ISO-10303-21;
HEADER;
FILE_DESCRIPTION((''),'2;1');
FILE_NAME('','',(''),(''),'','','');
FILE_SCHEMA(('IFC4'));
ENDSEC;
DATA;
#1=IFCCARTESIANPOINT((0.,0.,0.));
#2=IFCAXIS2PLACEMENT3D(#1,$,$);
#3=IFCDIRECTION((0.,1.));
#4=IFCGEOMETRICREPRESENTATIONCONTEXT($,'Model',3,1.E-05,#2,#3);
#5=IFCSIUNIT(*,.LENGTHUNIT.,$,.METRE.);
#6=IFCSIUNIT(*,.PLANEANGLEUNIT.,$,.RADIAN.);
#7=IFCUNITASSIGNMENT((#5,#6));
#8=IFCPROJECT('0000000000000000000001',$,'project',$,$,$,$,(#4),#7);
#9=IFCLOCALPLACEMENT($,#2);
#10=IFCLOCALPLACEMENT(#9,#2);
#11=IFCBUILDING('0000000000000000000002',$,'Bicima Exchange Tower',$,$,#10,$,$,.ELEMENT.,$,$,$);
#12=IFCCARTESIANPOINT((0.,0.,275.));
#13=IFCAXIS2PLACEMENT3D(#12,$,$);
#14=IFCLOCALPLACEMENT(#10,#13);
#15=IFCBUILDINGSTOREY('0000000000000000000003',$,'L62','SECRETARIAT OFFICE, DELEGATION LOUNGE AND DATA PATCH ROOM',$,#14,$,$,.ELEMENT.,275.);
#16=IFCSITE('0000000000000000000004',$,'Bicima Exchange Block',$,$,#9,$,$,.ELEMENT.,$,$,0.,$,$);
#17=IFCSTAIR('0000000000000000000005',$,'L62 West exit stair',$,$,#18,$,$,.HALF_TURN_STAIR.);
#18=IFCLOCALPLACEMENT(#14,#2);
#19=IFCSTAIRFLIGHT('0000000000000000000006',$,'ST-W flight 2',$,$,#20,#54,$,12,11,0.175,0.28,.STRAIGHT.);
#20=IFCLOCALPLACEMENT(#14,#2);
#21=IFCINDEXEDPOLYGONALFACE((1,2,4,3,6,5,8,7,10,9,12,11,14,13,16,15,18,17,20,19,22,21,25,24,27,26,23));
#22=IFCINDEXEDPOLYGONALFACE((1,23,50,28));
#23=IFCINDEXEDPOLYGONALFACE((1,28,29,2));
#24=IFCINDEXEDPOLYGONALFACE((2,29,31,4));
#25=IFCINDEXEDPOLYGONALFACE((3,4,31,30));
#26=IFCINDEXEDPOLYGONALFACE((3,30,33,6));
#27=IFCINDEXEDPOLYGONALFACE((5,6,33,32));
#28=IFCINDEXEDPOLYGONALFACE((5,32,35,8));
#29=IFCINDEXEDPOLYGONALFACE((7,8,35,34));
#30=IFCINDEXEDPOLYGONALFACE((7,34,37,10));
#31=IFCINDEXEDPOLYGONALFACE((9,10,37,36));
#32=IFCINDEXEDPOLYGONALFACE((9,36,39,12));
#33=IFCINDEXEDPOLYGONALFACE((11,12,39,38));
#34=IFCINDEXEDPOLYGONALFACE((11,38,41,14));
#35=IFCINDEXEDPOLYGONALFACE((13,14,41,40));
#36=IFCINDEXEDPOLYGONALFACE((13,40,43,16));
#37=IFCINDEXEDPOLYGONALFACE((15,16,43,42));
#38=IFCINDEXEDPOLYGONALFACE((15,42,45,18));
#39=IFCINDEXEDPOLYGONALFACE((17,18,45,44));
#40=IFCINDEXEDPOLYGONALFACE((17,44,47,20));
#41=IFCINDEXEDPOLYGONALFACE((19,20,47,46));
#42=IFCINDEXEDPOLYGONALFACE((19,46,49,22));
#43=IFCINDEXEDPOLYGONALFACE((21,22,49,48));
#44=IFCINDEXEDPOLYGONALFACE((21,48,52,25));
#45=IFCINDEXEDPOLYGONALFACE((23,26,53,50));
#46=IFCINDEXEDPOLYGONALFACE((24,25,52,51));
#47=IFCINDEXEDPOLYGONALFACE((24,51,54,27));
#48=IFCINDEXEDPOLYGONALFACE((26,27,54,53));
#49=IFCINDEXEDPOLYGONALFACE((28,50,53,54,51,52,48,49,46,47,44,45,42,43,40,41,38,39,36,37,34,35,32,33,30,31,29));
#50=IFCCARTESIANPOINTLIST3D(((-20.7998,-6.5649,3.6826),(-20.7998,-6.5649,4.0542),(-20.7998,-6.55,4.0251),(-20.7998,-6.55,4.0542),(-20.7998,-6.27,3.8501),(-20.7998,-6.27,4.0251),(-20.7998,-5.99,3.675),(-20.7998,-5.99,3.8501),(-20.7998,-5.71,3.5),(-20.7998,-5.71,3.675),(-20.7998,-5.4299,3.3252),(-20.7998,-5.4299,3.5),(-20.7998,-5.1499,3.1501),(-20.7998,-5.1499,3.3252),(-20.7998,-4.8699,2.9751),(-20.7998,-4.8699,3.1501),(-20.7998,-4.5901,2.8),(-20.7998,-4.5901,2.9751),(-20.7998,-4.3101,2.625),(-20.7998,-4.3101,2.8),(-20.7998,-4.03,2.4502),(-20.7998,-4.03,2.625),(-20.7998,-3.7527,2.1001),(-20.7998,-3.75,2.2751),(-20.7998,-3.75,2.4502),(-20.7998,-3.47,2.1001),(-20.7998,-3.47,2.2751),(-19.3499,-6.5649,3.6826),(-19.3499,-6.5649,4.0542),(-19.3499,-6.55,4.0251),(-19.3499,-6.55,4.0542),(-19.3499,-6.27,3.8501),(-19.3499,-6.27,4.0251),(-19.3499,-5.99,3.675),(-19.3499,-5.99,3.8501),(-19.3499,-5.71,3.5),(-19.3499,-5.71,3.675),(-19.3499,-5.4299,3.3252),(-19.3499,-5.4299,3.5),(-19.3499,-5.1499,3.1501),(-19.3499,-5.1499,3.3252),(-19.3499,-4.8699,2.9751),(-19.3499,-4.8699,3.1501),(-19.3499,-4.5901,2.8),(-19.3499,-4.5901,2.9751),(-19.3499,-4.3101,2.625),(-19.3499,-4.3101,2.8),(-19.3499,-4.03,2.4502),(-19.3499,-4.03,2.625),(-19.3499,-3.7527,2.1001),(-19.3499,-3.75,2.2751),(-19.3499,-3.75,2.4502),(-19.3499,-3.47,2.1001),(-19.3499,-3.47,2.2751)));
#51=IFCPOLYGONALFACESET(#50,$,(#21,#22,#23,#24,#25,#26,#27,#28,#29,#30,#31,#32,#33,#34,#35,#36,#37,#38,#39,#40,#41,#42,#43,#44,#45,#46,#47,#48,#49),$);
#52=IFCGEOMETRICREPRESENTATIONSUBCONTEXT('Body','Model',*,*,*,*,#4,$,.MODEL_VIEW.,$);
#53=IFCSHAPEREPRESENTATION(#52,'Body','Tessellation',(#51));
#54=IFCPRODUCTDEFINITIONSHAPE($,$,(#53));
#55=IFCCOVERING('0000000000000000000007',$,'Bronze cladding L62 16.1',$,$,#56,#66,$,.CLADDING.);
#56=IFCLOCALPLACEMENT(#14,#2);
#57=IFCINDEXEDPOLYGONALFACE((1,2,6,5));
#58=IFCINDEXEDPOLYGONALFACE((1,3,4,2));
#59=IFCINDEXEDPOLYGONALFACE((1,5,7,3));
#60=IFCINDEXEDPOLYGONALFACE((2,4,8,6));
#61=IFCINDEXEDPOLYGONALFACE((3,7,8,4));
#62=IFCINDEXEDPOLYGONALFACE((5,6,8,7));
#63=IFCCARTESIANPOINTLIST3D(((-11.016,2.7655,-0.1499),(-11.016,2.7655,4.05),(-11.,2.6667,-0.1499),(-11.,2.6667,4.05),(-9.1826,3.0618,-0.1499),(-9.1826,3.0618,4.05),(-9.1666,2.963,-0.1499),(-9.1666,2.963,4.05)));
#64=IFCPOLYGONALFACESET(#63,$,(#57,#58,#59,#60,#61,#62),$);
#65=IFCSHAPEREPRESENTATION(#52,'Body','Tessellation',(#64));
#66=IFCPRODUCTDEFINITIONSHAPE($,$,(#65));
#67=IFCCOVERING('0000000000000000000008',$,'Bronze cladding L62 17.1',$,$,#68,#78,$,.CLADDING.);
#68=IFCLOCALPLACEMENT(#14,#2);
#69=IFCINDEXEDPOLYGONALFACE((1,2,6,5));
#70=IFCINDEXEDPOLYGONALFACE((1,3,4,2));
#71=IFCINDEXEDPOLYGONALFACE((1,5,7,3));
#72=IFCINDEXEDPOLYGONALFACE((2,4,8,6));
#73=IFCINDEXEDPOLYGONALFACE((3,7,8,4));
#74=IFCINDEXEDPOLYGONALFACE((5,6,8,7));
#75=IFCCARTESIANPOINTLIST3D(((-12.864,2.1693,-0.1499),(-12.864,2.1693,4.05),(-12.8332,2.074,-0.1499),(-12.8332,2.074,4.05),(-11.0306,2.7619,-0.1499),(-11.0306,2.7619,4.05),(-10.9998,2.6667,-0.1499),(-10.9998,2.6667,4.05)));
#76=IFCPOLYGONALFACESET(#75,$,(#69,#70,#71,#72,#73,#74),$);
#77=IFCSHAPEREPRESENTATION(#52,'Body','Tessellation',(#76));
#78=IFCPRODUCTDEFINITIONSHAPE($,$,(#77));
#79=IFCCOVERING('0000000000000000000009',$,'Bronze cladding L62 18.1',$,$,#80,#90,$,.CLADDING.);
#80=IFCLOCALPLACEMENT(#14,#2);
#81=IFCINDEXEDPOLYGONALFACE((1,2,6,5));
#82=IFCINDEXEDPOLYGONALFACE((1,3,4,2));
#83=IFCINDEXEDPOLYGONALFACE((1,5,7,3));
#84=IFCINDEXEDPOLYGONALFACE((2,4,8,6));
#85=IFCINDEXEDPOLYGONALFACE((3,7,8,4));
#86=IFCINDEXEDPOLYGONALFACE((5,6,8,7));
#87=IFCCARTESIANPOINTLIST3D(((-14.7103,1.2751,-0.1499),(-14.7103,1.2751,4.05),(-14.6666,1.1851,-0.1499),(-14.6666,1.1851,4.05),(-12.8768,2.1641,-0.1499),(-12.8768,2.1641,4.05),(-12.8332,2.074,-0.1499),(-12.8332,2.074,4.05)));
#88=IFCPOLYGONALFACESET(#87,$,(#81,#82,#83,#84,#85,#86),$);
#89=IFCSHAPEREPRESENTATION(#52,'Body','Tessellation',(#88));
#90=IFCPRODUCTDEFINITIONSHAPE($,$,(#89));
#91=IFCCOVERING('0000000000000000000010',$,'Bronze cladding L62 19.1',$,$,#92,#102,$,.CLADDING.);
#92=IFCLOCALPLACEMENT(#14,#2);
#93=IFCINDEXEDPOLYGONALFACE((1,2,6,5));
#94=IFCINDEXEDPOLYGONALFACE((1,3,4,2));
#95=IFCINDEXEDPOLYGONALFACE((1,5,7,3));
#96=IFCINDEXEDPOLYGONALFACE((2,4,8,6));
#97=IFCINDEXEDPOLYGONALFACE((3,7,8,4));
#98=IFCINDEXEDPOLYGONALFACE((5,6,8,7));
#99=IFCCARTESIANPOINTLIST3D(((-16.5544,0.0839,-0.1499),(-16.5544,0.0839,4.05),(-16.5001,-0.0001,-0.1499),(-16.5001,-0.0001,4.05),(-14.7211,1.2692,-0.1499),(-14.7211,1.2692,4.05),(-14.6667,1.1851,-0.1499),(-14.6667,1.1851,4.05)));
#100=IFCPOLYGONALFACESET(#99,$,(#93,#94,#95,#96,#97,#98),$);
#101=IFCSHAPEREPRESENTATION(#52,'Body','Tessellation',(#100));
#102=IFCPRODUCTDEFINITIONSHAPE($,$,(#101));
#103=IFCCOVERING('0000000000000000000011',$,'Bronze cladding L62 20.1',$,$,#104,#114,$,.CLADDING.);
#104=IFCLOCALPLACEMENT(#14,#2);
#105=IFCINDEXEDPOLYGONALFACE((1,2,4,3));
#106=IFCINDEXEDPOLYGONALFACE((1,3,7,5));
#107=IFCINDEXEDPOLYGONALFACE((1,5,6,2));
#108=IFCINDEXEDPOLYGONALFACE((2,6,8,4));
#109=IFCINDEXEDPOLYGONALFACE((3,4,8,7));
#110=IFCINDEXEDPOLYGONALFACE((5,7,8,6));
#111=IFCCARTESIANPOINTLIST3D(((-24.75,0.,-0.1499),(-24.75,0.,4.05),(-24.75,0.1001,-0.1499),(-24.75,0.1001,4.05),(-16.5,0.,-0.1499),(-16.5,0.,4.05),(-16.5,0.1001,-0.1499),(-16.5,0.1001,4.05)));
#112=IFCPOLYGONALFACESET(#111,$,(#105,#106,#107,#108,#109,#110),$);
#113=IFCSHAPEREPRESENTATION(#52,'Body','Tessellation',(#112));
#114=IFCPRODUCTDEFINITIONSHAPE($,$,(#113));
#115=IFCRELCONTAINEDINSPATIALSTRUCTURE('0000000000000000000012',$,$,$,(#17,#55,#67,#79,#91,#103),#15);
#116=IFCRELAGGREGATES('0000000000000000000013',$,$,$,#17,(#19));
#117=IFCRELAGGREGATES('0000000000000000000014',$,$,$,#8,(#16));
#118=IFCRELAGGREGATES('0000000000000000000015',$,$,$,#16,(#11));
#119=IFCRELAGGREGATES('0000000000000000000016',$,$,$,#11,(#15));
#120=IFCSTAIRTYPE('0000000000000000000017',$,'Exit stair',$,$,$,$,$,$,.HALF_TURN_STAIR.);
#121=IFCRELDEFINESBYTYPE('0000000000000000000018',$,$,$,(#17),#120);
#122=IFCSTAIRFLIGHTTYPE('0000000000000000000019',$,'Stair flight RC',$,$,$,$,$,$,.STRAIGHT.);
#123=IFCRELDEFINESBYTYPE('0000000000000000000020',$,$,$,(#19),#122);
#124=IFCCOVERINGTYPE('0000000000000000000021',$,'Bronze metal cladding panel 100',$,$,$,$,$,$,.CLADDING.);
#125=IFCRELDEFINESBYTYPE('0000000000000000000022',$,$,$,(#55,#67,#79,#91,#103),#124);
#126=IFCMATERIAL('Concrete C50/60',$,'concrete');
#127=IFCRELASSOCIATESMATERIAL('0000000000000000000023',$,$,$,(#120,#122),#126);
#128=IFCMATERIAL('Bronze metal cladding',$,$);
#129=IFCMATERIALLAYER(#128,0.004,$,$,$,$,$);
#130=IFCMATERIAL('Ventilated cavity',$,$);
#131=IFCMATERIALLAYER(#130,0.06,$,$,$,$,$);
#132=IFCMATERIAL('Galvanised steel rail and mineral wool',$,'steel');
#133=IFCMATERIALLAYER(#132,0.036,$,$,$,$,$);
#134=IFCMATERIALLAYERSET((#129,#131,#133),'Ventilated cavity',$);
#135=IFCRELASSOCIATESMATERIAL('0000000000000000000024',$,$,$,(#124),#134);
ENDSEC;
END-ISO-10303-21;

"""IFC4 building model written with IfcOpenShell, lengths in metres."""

from ifc_helpers import new_model, si_unit, direction, frame, origin, origin_2d, place, context, subcontext, project, spatial, polyline, rectangle, outline, extrude, material, layer, layer_set, type_object, element, aggregate, save


model = new_model("IFC4")

# Units and contexts
model_context = context("Model", 3, precision=1e-05, world=origin(), true_north=direction((0.0, 1.0)))
body_context = subcontext(model_context, "Body", "Model", "MODEL_VIEW")
ifc_project = project(units=[si_unit("LENGTHUNIT", "METRE"), si_unit("PLANEANGLEUNIT", "RADIAN")], contexts=[model_context])

# Site, building, storey
site_placement = place(None, origin())
site = spatial("IfcSite", under=ifc_project, at=site_placement, Name="Bicima Exchange Block", CompositionType="ELEMENT", RefElevation=0.0)
building_placement = place(site_placement, origin())
building = spatial("IfcBuilding", under=site, at=building_placement, Name="Bicima Exchange Tower", CompositionType="ELEMENT")
storey_placement = place(building_placement, frame((0.0, 0.0, 275.0)))
storey = spatial("IfcBuildingStorey", under=building, at=storey_placement, Name="L62", Description="SECRETARIAT OFFICE, DELEGATION LOUNGE AND DATA PATCH ROOM", CompositionType="ELEMENT", Elevation=275.0)

# Shared definitions
ifc_material_1 = material(Name="Concrete C50/60", Category="concrete")

# Stair, stair flight
stair_type = type_object("IfcStairType", Name="Exit stair", PredefinedType="HALF_TURN_STAIR", material=ifc_material_1)
stair_placement = place(storey_placement, origin())
stair = element("IfcStair", 1, at=stair_placement, inside=storey, type_object=stair_type, Name="L62 West exit stair", PredefinedType="HALF_TURN_STAIR")
stair_flight_type = type_object("IfcStairFlightType", Name="Stair flight RC", PredefinedType="STRAIGHT", material=ifc_material_1)
stair_flight_1_placement = place(storey_placement, frame((-20.075, -3.47, 2.1001), z_axis=(0.0, 0.0, 1.0), x_axis=(0.0, -1.0, 0.0)))
stair_flight_1 = element("IfcStairFlight", 2, at=stair_flight_1_placement, type_object=stair_flight_type, Name="ST-W flight 2", NumberOfRisers=12, NumberOfTreads=11, PredefinedType="STRAIGHT", RiserHeight=0.175, TreadLength=0.28, context=body_context, shape_type="SweptSolid", body=[
    extrude(outline(polyline([(0.0, 0.0), (0.0, 0.175), (0.28, 0.175), (0.28, 0.3501), (0.5601, 0.3501), (0.5601, 0.5249), (0.8401, 0.5249), (0.8401, 0.7), (1.1201, 0.7), (1.1201, 0.875), (1.3999, 0.875), (1.3999, 1.05), (1.6799, 1.05), (1.6799, 1.2251), (1.96, 1.2251), (1.96, 1.3999), (2.24, 1.3999), (2.24, 1.575), (2.52, 1.575), (2.52, 1.75), (2.8, 1.75), (2.8, 1.925), (3.0801, 1.925), (3.0801, 1.9541), (3.095, 1.9541), (3.095, 1.5825), (0.2827, 0.0), (0.0, 0.0)])), frame((0.0, 0.7251, 0.0), z_axis=(0.0, -1.0, 0.0), x_axis=(1.0, 0.0, 0.0)), (0.0, 0.0, 1.0), 1.45),
])
aggregate(stair, [stair_flight_1])

# Coverings
ifc_material_2 = material(Name="Bronze metal cladding")
ifc_layer_1 = layer(ifc_material_2, 0.004)
ifc_material_3 = material(Name="Ventilated cavity")
ifc_layer_2 = layer(ifc_material_3, 0.06)
ifc_material_4 = material(Name="Galvanised steel rail and mineral wool", Category="steel")
ifc_layer_3 = layer(ifc_material_4, 0.036)
ifc_layer_set_1 = layer_set([ifc_layer_1, ifc_layer_2, ifc_layer_3], Name="Ventilated cavity")
covering_type = type_object("IfcCoveringType", Name="Bronze metal cladding panel 100", PredefinedType="CLADDING", material=ifc_layer_set_1)
covering_1_placement = place(storey_placement, frame((-10.0913, 2.8643, -0.1499), z_axis=(0.0, 0.0, 1.0), x_axis=(-0.98719, -0.15955, 0.0)))
element("IfcCovering", 3, at=covering_1_placement, inside=storey, type_object=covering_type, Name="Bronze cladding L62 16.1", PredefinedType="CLADDING", context=body_context, shape_type="SweptSolid", body=[
    extrude(rectangle(XDim=1.8572, YDim=0.1001, at=origin_2d()), origin(), (0.0, 0.0, 1.0), 4.2),
])
covering_2_placement = place(storey_placement, frame((-11.9319, 2.418, -0.1499), z_axis=(0.0, 0.0, 1.0), x_axis=(-0.951525, -0.307573, 0.0)))
element("IfcCovering", 4, at=covering_2_placement, inside=storey, type_object=covering_type, Name="Bronze cladding L62 17.1", PredefinedType="CLADDING", context=body_context, shape_type="SweptSolid", body=[
    extrude(rectangle(XDim=1.9268, YDim=0.1001, at=origin_2d()), origin(), (0.0, 0.0, 1.0), 4.2),
])
covering_3_placement = place(storey_placement, frame((-13.7717, 1.6746, -0.1499), z_axis=(0.0, 0.0, 1.0), x_axis=(-0.899818, -0.436265, 0.0)))
element("IfcCovering", 5, at=covering_3_placement, inside=storey, type_object=covering_type, Name="Bronze cladding L62 18.1", PredefinedType="CLADDING", context=body_context, shape_type="SweptSolid", body=[
    extrude(rectangle(XDim=2.0376, YDim=0.1001, at=origin_2d()), origin(), (0.0, 0.0, 1.0), 4.2),
])
covering_4_placement = place(storey_placement, frame((-15.6106, 0.6345, -0.1499), z_axis=(0.0, 0.0, 1.0), x_axis=(-0.83979, -0.542911, 0.0)))
element("IfcCovering", 6, at=covering_4_placement, inside=storey, type_object=covering_type, Name="Bronze cladding L62 19.1", PredefinedType="CLADDING", context=body_context, shape_type="SweptSolid", body=[
    extrude(rectangle(XDim=2.1831, YDim=0.1001, at=origin_2d()), origin(), (0.0, 0.0, 1.0), 4.2),
])
covering_5_placement = place(storey_placement, frame((-20.625, 0.05, -0.1499), z_axis=(0.0, 0.0, 1.0), x_axis=(-1.0, 0.0, 0.0)))
element("IfcCovering", 7, at=covering_5_placement, inside=storey, type_object=covering_type, Name="Bronze cladding L62 20.1", PredefinedType="CLADDING", context=body_context, shape_type="SweptSolid", body=[
    extrude(rectangle(XDim=8.25, YDim=0.1001, at=origin_2d()), origin(), (0.0, 0.0, 1.0), 4.2),
])

save(model, "model.ifc")
